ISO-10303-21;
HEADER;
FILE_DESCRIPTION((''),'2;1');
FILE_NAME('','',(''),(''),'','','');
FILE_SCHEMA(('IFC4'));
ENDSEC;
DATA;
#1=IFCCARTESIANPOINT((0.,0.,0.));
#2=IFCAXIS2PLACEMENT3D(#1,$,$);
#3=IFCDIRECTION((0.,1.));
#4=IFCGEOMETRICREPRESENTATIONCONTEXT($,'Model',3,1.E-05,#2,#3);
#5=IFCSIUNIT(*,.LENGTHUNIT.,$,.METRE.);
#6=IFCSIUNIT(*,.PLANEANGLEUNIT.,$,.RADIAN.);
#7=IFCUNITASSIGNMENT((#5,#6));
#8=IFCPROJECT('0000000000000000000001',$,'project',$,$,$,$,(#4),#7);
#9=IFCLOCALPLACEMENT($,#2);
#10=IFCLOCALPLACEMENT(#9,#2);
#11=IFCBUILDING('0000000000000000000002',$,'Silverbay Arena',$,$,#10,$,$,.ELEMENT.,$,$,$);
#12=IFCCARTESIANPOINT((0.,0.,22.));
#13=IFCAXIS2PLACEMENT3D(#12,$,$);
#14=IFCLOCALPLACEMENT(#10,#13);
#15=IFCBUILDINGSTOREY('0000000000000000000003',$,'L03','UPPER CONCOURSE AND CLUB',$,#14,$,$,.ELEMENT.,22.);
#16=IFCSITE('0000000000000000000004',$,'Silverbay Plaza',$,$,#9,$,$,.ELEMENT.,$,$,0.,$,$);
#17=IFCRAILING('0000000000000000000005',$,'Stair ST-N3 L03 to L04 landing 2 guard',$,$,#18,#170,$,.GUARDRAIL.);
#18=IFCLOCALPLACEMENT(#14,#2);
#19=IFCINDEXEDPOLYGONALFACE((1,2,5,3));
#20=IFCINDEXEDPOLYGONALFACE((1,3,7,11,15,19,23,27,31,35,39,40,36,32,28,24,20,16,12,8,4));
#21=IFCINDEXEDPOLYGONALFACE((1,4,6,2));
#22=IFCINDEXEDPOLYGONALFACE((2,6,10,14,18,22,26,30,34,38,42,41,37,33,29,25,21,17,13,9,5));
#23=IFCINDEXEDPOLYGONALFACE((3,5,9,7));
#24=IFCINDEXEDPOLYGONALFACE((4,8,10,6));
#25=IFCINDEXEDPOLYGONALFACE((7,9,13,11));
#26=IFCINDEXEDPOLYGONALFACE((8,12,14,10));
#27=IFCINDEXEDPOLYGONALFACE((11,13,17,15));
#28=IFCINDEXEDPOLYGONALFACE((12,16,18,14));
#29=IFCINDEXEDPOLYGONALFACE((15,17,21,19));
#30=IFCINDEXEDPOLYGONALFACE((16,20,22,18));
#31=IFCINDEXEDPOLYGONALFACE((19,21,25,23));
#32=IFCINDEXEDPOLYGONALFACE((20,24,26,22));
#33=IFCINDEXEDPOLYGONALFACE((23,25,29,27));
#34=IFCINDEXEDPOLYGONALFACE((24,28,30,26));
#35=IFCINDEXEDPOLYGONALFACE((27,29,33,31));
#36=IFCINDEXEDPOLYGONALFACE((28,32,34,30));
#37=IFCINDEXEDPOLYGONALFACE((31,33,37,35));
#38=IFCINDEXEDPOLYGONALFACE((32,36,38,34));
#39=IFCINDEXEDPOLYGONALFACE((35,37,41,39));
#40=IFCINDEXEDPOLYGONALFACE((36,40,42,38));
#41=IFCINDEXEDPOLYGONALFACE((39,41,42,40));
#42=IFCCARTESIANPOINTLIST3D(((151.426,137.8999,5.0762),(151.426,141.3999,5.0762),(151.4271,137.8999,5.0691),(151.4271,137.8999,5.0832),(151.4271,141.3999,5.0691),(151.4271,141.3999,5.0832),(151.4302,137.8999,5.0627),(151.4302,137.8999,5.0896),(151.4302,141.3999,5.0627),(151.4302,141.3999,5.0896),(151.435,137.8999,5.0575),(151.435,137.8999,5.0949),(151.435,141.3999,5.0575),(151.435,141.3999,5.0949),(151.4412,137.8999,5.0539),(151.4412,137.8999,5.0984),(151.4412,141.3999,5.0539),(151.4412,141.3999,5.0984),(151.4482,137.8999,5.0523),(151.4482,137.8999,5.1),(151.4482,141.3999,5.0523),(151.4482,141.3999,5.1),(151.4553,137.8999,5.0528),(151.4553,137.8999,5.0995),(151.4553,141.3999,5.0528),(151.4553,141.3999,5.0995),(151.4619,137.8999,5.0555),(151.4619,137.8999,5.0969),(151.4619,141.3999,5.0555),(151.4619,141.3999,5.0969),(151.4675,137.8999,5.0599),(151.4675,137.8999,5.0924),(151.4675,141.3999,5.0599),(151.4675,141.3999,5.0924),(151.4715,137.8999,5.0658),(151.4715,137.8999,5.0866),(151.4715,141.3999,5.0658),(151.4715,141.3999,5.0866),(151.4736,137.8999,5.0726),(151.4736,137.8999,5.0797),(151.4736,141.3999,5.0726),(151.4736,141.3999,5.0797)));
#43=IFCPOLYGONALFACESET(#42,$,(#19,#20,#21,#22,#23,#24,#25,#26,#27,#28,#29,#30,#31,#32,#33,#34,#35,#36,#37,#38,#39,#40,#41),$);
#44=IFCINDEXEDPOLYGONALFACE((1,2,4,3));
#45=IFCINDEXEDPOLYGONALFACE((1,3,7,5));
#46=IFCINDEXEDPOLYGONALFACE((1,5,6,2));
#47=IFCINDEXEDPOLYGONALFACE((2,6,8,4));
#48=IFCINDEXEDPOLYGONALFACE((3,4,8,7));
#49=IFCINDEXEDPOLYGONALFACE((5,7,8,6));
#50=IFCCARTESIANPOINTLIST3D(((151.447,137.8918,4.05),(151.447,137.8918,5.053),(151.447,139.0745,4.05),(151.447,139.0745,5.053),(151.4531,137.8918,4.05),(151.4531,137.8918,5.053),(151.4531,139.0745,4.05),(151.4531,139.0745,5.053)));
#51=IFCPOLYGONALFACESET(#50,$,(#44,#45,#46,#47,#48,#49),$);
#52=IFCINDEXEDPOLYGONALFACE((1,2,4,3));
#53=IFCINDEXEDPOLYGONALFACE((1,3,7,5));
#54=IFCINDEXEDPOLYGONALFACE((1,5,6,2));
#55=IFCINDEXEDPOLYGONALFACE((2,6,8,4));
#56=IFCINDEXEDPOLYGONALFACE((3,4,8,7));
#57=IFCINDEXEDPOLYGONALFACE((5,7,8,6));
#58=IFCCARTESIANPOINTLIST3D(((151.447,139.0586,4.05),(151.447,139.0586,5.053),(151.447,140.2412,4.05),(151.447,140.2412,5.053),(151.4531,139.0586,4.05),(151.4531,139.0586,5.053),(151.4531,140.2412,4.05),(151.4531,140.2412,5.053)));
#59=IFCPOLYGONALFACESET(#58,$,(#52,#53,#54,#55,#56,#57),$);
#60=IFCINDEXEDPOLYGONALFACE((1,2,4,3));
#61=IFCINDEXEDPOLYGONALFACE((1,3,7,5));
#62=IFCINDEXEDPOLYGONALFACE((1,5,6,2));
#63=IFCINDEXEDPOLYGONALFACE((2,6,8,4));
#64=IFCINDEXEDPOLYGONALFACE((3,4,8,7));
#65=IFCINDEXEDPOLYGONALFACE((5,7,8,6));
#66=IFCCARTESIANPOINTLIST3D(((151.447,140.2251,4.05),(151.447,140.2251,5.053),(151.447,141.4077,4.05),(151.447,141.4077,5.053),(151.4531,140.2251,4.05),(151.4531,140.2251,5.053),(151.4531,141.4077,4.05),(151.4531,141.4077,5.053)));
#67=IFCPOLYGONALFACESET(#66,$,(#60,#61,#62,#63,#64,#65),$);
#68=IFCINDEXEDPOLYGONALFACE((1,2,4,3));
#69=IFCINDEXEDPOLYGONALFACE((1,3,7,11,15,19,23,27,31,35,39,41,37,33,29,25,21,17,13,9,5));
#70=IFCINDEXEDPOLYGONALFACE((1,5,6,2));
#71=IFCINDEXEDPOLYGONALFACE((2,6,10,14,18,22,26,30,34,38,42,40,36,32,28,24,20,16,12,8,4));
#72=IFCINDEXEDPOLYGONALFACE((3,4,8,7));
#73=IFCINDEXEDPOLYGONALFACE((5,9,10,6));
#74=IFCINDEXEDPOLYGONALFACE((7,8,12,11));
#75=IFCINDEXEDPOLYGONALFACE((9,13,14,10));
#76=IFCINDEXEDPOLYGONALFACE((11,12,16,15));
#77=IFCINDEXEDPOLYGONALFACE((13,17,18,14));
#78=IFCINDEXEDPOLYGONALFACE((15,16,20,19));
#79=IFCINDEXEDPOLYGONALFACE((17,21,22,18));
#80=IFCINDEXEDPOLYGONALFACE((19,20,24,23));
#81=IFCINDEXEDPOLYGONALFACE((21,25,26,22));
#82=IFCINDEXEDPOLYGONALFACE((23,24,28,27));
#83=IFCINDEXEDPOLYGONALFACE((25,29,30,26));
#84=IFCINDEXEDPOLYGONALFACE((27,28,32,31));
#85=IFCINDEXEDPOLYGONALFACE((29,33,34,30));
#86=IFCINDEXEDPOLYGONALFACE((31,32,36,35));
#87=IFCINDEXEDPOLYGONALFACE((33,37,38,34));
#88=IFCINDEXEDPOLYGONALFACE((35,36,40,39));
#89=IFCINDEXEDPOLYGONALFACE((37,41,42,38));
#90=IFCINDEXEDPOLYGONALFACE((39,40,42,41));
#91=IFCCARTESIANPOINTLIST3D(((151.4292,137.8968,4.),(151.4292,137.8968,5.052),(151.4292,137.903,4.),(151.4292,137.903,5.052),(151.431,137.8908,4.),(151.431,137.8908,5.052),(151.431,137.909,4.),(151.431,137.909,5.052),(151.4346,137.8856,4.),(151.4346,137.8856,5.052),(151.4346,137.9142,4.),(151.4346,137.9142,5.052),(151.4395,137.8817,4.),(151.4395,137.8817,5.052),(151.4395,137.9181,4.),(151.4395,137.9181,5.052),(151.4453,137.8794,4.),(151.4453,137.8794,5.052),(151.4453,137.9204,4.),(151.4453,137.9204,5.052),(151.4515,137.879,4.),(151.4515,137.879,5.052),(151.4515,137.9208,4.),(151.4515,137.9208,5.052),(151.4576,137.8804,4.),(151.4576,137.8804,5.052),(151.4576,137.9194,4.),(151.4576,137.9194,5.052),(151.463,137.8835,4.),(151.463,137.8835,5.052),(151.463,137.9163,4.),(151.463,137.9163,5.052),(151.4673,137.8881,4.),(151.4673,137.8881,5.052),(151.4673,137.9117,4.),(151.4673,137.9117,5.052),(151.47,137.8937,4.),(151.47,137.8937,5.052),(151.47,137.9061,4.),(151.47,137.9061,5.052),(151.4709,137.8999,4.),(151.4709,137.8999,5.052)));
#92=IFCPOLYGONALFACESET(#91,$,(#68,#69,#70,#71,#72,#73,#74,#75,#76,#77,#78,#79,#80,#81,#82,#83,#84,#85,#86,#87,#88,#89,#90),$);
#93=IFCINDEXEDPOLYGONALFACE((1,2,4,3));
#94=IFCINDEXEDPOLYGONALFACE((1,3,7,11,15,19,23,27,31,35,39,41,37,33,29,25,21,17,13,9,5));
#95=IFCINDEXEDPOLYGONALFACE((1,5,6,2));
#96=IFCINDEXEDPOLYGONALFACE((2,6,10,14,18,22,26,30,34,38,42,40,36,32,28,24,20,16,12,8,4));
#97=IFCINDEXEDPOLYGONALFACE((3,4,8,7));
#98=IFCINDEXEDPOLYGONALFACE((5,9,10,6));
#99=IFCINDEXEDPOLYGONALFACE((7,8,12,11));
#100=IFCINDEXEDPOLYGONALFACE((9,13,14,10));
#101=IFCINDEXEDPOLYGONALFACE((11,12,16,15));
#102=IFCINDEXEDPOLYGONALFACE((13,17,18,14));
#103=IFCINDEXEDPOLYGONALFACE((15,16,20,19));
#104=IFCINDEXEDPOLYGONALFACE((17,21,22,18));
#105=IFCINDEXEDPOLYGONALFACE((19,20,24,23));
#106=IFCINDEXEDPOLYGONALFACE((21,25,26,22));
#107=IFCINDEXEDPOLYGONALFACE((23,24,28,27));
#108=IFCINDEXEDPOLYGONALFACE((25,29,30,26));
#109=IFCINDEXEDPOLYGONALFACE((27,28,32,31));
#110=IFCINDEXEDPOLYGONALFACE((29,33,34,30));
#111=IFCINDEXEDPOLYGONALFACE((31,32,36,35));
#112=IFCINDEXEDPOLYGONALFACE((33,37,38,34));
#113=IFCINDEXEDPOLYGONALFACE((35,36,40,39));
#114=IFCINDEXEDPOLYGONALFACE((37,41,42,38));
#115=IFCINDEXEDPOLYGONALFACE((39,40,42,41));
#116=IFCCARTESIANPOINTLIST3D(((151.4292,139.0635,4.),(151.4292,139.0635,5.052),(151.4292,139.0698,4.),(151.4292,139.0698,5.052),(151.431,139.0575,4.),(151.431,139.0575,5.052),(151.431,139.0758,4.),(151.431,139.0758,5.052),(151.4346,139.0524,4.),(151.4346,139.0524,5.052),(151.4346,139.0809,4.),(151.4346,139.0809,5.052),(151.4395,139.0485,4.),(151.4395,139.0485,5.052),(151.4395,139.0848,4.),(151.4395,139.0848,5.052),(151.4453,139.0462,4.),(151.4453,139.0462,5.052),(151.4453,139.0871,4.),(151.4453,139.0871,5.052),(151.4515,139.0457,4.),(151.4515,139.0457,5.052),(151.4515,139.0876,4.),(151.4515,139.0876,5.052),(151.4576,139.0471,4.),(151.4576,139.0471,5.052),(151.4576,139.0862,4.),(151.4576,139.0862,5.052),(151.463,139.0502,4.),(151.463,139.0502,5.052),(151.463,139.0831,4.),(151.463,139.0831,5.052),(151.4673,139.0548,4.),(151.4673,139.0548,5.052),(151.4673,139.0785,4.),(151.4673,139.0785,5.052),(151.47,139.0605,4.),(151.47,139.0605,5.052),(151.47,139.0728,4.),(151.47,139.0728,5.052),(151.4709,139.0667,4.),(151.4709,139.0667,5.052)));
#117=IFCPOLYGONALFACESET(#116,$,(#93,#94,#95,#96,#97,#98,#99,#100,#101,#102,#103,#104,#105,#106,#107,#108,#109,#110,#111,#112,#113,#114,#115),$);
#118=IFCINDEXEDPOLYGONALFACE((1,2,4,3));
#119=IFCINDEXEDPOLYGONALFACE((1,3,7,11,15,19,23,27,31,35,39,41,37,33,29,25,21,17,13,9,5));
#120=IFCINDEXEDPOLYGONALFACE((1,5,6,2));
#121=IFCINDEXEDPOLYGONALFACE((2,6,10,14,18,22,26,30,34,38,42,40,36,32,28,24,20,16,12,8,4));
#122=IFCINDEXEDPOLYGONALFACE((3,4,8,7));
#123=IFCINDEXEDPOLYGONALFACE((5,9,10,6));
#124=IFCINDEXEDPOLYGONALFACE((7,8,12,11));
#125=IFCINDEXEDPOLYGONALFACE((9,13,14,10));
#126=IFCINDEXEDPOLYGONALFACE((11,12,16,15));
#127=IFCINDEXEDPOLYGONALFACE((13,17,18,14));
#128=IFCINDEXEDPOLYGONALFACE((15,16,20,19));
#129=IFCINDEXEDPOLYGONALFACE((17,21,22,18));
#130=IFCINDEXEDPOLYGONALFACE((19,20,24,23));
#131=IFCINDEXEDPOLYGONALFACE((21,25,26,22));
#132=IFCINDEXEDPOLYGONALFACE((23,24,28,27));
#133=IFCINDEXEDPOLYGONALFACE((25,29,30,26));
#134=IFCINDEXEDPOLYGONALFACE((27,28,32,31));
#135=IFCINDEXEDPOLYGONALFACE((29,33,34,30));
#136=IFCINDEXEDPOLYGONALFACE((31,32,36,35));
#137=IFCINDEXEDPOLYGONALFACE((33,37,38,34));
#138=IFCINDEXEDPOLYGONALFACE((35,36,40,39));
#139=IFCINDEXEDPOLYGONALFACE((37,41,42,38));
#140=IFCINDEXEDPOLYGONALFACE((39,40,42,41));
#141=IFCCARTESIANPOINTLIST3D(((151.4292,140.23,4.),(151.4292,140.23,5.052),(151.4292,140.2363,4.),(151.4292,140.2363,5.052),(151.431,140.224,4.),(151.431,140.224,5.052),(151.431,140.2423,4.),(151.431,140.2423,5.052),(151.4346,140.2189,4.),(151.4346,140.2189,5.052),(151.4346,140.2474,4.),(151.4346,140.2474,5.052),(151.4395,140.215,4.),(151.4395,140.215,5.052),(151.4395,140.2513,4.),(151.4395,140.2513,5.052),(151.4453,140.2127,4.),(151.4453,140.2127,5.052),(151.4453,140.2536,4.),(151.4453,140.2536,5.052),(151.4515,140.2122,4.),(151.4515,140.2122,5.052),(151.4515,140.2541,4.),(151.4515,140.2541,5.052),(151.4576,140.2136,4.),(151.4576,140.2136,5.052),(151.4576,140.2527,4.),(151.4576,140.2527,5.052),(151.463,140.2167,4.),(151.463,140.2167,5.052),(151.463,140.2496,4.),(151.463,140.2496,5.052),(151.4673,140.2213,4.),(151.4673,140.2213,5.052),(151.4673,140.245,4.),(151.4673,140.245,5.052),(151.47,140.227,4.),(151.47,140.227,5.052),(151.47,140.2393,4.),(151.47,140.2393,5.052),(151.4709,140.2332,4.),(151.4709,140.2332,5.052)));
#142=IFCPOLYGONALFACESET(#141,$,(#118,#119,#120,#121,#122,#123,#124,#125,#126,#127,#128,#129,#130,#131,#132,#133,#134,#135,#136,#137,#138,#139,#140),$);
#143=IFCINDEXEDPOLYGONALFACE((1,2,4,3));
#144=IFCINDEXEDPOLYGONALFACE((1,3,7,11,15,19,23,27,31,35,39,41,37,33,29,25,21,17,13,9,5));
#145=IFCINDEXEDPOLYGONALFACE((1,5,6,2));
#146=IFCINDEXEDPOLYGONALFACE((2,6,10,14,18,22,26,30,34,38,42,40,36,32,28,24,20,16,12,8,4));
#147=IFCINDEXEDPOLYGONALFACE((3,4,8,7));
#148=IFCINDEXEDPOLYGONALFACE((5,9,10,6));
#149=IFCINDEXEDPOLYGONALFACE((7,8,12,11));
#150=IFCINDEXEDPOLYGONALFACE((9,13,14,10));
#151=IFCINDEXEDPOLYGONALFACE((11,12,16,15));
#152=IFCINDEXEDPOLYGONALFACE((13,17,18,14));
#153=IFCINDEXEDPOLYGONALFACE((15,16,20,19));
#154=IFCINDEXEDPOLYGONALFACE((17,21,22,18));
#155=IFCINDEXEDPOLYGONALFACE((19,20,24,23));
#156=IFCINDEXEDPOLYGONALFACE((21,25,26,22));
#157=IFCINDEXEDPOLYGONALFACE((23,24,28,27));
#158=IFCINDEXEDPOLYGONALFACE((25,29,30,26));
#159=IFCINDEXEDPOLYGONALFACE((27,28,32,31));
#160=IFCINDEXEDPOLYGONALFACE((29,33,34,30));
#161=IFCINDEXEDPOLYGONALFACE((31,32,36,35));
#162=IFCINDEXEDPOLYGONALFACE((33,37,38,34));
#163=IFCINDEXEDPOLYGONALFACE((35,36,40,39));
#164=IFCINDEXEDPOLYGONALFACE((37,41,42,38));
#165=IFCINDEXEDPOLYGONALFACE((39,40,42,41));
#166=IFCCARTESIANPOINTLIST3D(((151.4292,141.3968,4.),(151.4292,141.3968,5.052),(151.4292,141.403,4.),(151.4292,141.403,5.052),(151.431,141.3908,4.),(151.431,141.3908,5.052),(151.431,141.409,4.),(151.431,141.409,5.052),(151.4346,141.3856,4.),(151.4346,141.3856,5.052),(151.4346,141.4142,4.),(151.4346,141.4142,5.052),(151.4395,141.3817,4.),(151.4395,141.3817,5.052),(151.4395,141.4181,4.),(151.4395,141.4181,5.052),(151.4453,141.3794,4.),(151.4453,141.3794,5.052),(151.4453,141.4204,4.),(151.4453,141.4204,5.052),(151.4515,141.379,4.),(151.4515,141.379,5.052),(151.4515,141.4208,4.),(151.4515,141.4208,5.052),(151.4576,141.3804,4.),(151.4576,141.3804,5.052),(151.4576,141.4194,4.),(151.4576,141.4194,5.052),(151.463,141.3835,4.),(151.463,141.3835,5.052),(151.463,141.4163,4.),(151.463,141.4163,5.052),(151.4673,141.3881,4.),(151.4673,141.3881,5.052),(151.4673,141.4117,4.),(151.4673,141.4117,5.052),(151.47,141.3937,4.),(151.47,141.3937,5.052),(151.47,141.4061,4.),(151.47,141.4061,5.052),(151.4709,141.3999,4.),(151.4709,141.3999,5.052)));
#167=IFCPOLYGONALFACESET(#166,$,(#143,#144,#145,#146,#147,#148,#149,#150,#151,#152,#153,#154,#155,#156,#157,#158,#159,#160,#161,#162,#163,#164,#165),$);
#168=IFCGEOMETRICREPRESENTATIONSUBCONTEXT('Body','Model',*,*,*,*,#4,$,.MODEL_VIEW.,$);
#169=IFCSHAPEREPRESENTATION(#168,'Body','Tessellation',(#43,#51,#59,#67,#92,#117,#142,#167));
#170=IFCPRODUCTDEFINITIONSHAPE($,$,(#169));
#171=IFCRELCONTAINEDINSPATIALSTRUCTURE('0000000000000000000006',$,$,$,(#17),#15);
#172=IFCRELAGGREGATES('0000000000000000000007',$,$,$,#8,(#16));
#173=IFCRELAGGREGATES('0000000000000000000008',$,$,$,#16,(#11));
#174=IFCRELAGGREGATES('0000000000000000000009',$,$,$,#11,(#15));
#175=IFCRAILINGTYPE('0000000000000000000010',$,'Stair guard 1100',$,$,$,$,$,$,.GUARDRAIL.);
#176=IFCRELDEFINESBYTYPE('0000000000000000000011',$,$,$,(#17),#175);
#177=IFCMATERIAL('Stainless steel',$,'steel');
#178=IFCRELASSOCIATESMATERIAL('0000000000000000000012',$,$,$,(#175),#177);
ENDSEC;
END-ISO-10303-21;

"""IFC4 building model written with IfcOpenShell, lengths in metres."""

from ifc_helpers import new_model, si_unit, direction, frame, origin, origin_2d, place, context, subcontext, project, spatial, polyline, circle, outline, extrude, material, type_object, element, save


model = new_model("IFC4")

# Units and contexts
model_context = context("Model", 3, precision=1e-05, world=origin(), true_north=direction((0.0, 1.0)))
body_context = subcontext(model_context, "Body", "Model", "MODEL_VIEW")
ifc_project = project(units=[si_unit("LENGTHUNIT", "METRE"), si_unit("PLANEANGLEUNIT", "RADIAN")], contexts=[model_context])

# Site, building, storey
site_placement = place(None, origin())
site = spatial("IfcSite", under=ifc_project, at=site_placement, Name="Silverbay Plaza", CompositionType="ELEMENT", RefElevation=0.0)
building_placement = place(site_placement, origin())
building = spatial("IfcBuilding", under=site, at=building_placement, Name="Silverbay Arena", CompositionType="ELEMENT")
storey_placement = place(building_placement, frame((0.0, 0.0, 22.0)))
storey = spatial("IfcBuildingStorey", under=building, at=storey_placement, Name="L03", Description="UPPER CONCOURSE AND CLUB", CompositionType="ELEMENT", Elevation=22.0)

# Railing
ifc_material_1 = material(Name="Stainless steel", Category="steel")
railing_type_1 = type_object("IfcRailingType", Name="Stair guard 1100", PredefinedType="GUARDRAIL", material=ifc_material_1)
for number, where, name in (
    (1, (151.45, 137.8999, 4.0), "Stair ST-N3 L03 to L04 landing 2 guard"),
):
    element("IfcRailing", number, at=place(storey_placement, frame(where)), inside=storey, type_object=railing_type_1, Name=name, PredefinedType="GUARDRAIL", context=body_context, shape_type="SweptSolid", body=[
        extrude(circle(Radius=0.0239, at=origin_2d()), frame((0.0, 0.0, 1.0762), z_axis=(0.0, 1.0, 0.0), x_axis=(-1.0, 0.0, 0.0)), (0.0, 0.0, 1.0), 3.5),
        extrude(outline(polyline([(-0.0081, 0.05), (1.1746, 0.05), (1.1746, 1.053), (-0.0081, 1.053), (-0.0081, 0.05)])), frame((-0.0029, 0.0, 0.0), z_axis=(1.0, 0.0, 0.0), x_axis=(0.0, 1.0, 0.0)), (0.0, 0.0, 1.0), 0.0061),
        extrude(outline(polyline([(-0.0081, 0.05), (1.1746, 0.05), (1.1746, 1.053), (-0.0081, 1.053), (-0.0081, 0.05)])), frame((-0.0029, 1.1667, 0.0), z_axis=(1.0, 0.0, 0.0), x_axis=(0.0, 1.0, 0.0)), (0.0, 0.0, 1.0), 0.0061),
        extrude(outline(polyline([(-0.0081, 0.05), (1.1746, 0.05), (1.1746, 1.053), (-0.0081, 1.053), (-0.0081, 0.05)])), frame((-0.0029, 2.3333, 0.0), z_axis=(1.0, 0.0, 0.0), x_axis=(0.0, 1.0, 0.0)), (0.0, 0.0, 1.0), 0.0061),
        extrude(circle(Radius=0.021, at=origin_2d()), origin(), (0.0, 0.0, 1.0), 1.052),
        extrude(circle(Radius=0.021, at=origin_2d()), frame((0.0, 1.1667, 0.0)), (0.0, 0.0, 1.0), 1.052),
        extrude(circle(Radius=0.021, at=origin_2d()), frame((0.0, 2.3333, 0.0)), (0.0, 0.0, 1.0), 1.052),
        extrude(circle(Radius=0.021, at=origin_2d()), frame((0.0, 3.5, 0.0)), (0.0, 0.0, 1.0), 1.052),
    ])

save(model, "model.ifc")
